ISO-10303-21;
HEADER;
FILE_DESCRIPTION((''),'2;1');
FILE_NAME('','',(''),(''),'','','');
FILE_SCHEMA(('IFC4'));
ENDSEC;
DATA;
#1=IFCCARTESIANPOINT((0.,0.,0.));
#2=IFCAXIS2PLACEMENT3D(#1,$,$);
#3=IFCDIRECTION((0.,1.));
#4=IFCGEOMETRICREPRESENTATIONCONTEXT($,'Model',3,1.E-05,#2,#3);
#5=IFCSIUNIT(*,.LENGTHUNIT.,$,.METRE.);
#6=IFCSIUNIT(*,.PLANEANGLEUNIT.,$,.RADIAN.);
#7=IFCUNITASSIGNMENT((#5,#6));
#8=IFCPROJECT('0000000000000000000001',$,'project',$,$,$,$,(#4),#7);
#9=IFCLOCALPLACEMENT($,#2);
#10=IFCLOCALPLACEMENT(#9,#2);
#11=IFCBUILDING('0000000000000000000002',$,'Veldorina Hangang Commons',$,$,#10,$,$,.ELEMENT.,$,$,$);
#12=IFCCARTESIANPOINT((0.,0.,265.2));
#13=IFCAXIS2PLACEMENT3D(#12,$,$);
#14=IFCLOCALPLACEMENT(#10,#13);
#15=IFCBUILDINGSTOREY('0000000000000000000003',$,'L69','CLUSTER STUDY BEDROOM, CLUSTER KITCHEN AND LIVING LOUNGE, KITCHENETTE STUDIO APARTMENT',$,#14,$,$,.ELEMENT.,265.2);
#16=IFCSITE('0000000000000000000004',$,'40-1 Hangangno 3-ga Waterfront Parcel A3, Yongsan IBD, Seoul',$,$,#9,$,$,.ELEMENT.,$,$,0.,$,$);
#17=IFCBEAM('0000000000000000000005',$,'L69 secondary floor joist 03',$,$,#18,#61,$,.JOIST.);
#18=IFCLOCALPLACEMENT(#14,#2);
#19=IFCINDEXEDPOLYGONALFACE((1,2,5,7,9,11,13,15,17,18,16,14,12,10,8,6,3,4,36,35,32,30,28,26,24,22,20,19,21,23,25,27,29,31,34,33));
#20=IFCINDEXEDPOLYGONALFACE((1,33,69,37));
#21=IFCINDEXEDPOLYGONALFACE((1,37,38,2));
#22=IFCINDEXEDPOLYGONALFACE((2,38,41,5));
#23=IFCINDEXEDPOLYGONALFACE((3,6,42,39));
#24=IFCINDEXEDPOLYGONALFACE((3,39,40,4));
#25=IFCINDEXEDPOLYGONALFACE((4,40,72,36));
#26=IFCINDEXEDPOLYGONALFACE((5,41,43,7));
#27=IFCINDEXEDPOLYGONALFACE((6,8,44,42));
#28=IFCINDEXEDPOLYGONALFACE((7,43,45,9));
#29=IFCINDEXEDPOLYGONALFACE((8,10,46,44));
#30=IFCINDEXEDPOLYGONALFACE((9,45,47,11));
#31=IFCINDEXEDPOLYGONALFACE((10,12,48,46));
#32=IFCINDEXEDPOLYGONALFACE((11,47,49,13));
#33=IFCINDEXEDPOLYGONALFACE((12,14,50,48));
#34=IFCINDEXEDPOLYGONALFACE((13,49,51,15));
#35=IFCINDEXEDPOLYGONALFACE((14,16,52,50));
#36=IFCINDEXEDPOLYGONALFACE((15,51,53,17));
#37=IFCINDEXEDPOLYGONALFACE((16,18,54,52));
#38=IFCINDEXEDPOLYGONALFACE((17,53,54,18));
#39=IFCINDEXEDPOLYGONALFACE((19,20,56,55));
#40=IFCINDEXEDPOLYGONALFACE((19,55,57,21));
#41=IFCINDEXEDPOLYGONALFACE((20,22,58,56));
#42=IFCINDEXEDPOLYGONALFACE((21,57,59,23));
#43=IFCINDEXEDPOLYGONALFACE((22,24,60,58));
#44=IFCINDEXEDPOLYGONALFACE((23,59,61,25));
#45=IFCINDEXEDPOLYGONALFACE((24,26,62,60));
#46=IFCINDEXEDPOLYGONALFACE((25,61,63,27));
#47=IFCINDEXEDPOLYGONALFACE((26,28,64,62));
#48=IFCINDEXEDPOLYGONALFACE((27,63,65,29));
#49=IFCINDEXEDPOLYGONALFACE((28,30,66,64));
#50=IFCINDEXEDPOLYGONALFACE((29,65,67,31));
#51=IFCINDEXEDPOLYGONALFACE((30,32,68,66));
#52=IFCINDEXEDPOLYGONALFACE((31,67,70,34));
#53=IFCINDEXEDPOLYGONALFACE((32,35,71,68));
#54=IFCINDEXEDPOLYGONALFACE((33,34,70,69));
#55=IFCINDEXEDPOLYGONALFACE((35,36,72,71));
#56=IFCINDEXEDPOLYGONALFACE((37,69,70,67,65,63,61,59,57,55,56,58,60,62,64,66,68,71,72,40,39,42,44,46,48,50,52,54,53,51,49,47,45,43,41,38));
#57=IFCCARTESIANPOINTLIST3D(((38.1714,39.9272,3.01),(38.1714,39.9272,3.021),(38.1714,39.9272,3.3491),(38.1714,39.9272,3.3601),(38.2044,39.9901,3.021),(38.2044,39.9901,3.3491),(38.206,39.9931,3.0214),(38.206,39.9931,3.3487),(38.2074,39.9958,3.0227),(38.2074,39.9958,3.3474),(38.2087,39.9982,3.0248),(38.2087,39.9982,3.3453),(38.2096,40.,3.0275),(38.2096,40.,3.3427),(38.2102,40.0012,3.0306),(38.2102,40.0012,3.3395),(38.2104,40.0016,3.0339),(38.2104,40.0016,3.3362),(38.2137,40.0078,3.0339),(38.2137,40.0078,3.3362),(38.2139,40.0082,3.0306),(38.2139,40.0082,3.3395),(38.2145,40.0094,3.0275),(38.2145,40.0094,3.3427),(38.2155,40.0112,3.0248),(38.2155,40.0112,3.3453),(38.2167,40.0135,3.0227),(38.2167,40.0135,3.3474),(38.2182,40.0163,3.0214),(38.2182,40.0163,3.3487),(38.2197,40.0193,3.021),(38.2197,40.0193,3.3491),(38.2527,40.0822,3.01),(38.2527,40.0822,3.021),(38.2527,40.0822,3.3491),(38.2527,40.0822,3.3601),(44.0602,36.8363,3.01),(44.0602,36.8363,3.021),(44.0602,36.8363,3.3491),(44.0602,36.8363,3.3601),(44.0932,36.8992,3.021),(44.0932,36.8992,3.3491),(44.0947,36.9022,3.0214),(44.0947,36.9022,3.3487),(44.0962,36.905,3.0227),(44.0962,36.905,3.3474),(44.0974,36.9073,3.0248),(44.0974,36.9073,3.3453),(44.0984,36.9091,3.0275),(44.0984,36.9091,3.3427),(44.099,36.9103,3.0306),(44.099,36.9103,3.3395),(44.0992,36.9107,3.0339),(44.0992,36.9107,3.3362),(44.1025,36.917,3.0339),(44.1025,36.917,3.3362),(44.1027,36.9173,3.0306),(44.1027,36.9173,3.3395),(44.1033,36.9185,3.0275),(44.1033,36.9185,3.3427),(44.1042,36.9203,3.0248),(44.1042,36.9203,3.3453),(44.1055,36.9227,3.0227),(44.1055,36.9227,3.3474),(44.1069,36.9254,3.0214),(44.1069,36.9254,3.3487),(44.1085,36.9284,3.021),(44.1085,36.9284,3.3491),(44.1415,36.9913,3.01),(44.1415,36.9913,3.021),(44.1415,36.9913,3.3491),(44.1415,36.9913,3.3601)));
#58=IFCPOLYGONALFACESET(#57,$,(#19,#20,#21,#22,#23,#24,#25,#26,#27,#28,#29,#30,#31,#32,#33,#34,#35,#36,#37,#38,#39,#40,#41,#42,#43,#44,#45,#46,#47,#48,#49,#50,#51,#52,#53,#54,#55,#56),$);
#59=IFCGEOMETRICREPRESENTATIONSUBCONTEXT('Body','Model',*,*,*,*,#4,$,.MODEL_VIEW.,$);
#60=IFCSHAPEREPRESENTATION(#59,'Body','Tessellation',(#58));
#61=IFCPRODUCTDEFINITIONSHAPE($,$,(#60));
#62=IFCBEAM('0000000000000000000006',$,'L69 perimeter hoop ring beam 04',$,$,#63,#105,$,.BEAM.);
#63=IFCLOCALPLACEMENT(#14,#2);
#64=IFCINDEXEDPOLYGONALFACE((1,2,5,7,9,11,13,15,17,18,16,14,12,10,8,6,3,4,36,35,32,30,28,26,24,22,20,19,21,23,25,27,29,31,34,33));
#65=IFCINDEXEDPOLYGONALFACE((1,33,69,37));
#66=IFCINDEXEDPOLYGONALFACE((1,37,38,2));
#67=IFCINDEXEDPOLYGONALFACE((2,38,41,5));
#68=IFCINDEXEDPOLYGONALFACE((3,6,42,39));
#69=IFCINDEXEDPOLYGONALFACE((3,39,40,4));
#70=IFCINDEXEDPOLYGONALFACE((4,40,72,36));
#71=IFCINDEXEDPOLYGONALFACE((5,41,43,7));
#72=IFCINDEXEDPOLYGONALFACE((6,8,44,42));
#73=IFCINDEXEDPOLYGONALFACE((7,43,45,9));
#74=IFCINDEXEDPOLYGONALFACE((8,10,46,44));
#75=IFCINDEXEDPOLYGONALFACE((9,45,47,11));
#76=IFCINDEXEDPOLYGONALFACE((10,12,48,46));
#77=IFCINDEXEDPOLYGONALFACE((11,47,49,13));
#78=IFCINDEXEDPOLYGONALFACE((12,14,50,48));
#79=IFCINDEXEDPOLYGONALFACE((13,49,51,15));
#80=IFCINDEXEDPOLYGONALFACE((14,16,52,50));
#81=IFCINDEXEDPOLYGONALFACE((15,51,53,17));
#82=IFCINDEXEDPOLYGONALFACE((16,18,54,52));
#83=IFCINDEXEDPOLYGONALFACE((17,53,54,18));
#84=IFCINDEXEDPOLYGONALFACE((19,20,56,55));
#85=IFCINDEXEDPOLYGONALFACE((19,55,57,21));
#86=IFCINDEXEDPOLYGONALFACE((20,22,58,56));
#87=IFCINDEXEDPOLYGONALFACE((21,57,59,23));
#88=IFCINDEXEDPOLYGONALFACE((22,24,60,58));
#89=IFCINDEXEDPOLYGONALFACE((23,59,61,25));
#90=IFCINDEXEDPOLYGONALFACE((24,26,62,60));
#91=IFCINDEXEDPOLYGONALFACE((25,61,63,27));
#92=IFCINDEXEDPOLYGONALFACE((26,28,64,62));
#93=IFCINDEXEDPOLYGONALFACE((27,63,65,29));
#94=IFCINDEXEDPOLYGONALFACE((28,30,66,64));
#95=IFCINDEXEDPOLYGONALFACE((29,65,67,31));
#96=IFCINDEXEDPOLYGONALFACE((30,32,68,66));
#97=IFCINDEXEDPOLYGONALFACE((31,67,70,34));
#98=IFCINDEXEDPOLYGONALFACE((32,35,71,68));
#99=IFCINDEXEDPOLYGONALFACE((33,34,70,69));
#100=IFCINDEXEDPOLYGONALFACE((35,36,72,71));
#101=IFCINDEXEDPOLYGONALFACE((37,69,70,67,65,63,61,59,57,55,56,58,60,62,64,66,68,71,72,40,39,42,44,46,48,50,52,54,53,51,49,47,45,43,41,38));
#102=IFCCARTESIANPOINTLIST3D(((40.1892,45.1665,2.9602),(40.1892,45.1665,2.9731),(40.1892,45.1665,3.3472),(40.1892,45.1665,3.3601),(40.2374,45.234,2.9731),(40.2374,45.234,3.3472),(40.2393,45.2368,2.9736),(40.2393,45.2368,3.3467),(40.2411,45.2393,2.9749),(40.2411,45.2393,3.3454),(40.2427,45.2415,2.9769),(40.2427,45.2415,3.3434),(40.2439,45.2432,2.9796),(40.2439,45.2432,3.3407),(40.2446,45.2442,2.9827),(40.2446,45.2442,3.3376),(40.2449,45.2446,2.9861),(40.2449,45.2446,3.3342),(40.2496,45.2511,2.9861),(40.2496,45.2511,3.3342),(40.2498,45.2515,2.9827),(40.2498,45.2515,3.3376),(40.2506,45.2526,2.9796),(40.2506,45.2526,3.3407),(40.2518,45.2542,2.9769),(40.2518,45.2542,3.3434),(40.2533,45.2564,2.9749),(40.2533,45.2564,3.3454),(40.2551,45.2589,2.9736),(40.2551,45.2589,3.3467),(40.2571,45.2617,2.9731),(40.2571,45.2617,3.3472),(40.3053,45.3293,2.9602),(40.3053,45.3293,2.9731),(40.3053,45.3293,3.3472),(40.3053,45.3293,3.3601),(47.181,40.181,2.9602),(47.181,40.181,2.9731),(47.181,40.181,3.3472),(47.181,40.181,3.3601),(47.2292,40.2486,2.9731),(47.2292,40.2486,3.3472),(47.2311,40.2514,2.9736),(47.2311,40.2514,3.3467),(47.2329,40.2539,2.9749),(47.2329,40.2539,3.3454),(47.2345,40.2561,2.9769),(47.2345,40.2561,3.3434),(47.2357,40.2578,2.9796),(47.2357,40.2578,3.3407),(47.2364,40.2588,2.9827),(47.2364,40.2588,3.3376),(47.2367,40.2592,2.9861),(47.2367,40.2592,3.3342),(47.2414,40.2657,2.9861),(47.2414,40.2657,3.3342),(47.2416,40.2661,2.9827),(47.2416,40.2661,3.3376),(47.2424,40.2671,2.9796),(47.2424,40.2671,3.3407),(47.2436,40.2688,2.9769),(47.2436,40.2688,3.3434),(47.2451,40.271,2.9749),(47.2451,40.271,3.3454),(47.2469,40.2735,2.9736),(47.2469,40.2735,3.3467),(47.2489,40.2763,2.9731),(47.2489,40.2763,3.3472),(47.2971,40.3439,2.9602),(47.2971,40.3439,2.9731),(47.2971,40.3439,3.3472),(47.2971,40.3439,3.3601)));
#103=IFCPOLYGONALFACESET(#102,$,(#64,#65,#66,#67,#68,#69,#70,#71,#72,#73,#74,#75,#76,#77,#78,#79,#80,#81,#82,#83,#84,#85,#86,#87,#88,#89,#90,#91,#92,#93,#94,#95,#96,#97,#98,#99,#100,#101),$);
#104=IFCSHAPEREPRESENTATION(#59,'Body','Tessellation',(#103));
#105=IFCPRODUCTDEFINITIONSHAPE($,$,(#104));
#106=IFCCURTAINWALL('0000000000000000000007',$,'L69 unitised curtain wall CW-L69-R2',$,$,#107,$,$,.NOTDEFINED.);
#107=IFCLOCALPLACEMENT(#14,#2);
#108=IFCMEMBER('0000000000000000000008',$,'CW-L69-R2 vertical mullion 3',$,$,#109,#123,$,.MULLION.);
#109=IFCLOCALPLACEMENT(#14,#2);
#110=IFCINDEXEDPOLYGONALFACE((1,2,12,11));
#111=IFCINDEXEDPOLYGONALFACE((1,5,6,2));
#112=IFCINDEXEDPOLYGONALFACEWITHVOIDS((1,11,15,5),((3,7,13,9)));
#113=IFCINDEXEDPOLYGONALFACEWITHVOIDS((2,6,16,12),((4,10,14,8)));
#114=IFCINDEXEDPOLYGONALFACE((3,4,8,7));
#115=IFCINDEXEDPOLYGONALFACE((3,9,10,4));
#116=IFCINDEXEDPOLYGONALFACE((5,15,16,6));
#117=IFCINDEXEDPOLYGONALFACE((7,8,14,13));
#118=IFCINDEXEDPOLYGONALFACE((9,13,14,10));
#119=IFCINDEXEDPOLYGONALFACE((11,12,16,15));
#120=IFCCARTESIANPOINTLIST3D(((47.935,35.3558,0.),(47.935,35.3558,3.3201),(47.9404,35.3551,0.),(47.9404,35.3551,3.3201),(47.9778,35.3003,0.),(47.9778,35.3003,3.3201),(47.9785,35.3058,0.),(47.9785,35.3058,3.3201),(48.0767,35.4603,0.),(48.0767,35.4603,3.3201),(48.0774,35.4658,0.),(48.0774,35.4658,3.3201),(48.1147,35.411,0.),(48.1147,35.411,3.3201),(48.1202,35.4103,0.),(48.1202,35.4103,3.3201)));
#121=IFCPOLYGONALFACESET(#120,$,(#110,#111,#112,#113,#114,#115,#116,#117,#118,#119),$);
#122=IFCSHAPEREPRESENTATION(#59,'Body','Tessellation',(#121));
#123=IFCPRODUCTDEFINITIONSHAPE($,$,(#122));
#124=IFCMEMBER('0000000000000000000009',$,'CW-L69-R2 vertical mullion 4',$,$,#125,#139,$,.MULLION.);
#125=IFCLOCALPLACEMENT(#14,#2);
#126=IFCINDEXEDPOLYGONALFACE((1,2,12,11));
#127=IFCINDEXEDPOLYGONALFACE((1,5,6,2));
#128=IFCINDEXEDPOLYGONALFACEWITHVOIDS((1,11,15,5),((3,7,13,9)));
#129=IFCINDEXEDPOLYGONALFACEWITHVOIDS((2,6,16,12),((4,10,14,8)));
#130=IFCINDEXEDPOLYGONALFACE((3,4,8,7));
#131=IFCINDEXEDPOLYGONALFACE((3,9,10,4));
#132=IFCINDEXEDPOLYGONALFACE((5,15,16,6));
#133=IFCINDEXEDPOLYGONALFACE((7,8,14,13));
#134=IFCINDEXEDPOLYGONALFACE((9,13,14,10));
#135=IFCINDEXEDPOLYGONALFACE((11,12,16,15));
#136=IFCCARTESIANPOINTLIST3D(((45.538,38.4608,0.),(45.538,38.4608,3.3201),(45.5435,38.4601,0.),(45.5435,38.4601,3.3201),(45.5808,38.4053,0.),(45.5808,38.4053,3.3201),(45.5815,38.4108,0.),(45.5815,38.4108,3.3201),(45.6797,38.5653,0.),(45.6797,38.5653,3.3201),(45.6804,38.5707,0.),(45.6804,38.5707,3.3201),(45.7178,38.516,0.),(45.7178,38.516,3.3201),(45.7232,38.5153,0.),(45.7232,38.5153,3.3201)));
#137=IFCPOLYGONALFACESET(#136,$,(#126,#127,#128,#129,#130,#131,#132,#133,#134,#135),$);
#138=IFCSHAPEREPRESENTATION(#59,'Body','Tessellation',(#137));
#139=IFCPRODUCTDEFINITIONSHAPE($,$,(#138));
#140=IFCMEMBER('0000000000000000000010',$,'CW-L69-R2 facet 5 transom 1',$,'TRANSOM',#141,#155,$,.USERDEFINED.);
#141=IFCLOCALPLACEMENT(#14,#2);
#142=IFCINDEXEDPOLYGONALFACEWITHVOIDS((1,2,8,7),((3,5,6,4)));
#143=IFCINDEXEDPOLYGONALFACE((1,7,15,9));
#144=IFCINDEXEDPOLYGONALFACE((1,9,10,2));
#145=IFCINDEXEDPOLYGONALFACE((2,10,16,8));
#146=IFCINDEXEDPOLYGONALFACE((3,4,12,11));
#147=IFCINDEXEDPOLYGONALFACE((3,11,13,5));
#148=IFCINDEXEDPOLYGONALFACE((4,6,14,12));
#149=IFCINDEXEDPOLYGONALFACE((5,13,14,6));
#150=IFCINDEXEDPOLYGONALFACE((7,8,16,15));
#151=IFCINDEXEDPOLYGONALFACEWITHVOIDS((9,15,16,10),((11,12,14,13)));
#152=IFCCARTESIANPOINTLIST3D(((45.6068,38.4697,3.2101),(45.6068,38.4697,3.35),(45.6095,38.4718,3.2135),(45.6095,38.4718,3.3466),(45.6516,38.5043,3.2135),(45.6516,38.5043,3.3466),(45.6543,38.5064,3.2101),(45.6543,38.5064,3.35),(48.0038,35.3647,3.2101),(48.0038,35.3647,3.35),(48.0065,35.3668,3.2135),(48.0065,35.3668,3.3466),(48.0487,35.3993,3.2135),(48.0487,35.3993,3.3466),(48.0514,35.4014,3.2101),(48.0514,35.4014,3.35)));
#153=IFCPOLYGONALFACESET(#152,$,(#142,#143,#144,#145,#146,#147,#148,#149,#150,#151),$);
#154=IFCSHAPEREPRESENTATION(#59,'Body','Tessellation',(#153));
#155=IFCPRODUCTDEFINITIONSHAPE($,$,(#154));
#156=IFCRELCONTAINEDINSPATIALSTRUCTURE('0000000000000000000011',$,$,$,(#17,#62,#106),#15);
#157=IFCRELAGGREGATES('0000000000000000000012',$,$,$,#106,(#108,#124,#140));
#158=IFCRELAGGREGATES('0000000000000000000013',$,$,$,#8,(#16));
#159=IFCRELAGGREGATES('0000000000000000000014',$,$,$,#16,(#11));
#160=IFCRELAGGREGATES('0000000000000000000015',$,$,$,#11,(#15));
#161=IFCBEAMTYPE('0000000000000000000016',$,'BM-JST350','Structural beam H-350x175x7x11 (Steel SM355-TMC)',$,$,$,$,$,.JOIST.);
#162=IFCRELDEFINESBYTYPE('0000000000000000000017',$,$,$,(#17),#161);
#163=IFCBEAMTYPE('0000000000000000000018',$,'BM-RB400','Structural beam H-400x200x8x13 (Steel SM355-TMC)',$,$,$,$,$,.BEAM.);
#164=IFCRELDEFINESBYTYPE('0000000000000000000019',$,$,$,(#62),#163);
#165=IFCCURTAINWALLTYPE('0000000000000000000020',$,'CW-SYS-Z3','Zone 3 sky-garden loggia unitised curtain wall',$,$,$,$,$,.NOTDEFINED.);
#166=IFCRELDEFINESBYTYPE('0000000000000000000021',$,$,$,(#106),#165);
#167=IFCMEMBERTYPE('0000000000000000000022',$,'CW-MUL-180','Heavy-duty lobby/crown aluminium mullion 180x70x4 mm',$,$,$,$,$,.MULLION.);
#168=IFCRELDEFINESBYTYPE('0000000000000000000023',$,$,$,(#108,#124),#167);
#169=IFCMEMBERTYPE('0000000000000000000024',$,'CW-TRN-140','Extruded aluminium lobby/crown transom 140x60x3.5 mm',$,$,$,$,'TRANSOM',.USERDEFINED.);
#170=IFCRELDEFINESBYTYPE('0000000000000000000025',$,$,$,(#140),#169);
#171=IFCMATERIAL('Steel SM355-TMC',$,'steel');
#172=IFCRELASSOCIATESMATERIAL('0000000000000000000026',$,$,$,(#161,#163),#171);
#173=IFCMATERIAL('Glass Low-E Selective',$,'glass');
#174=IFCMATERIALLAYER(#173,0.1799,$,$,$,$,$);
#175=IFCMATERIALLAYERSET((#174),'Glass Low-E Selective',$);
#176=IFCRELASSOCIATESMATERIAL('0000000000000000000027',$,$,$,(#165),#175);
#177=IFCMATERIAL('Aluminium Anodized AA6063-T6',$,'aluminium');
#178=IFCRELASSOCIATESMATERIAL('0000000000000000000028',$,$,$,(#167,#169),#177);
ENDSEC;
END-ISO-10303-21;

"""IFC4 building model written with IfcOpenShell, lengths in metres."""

from ifc_helpers import new_model, si_unit, direction, frame, origin, origin_2d, place, context, subcontext, project, spatial, hollow_rectangle, i_section, extrude, material, layer, layer_set, material_profile, profile_set, type_object, element, aggregate, save


model = new_model("IFC4")

# Units and contexts
model_context = context("Model", 3, precision=1e-05, world=origin(), true_north=direction((0.0, 1.0)))
body_context = subcontext(model_context, "Body", "Model", "MODEL_VIEW")
ifc_project = project(units=[si_unit("LENGTHUNIT", "METRE"), si_unit("PLANEANGLEUNIT", "RADIAN")], contexts=[model_context])

# Site, building, storey
site_placement = place(None, origin())
site = spatial("IfcSite", under=ifc_project, at=site_placement, Name="40-1 Hangangno 3-ga Waterfront Parcel A3, Yongsan IBD, Seoul", CompositionType="ELEMENT", RefElevation=0.0)
building_placement = place(site_placement, origin())
building = spatial("IfcBuilding", under=site, at=building_placement, Name="Veldorina Hangang Commons", CompositionType="ELEMENT")
storey_placement = place(building_placement, frame((0.0, 0.0, 265.2)))
storey = spatial("IfcBuildingStorey", under=building, at=storey_placement, Name="L69", Description="CLUSTER STUDY BEDROOM, CLUSTER KITCHEN AND LIVING LOUNGE, KITCHENETTE STUDIO APARTMENT", CompositionType="ELEMENT", Elevation=265.2)

# Beams
ifc_material_1 = material(Name="Steel SM355-TMC", Category="steel")
ifc_material_profile_1 = material_profile(ifc_material_1, i_section(OverallWidth=0.175, OverallDepth=0.3501, WebThickness=0.0071, FlangeThickness=0.011, FilletRadius=0.0129, at=origin_2d()), Name="H-350x175x7x11")
ifc_profile_set_1 = profile_set([ifc_material_profile_1], Name="Steel SM355-TMC")
beam_type_1 = type_object("IfcBeamType", Name="BM-JST350", Description="Structural beam H-350x175x7x11 (Steel SM355-TMC)", PredefinedType="JOIST", material=ifc_profile_set_1)
beam_1_placement = place(storey_placement, frame((44.1008, 36.9138, 3.1851), z_axis=(-0.885443, 0.464748, 0.0), x_axis=(-0.464748, -0.885443, 0.0)))
element("IfcBeam", 1, at=beam_1_placement, inside=storey, type_object=beam_type_1, Name="L69 secondary floor joist 03", PredefinedType="JOIST", context=body_context, shape_type="SweptSolid", body=[
    extrude(i_section(OverallWidth=0.175, OverallDepth=0.3501, WebThickness=0.0071, FlangeThickness=0.011, FilletRadius=0.0129, at=origin_2d()), origin(), (0.0, 0.0, 1.0), 6.6506),
])
ifc_material_profile_2 = material_profile(ifc_material_1, i_section(OverallWidth=0.2, OverallDepth=0.3999, WebThickness=0.0081, FlangeThickness=0.0129, FilletRadius=0.0129, at=origin_2d()), Name="H-400x200x8x13")
ifc_profile_set_2 = profile_set([ifc_material_profile_2], Name="Steel SM355-TMC")
beam_type_2 = type_object("IfcBeamType", Name="BM-RB400", Description="Structural beam H-400x200x8x13 (Steel SM355-TMC)", PredefinedType="BEAM", material=ifc_profile_set_2)
beam_2_placement = place(storey_placement, frame((47.239, 40.2625, 3.1602), z_axis=(-0.814213, 0.580566, 0.0), x_axis=(-0.580566, -0.814213, 0.0)))
element("IfcBeam", 2, at=beam_2_placement, inside=storey, type_object=beam_type_2, Name="L69 perimeter hoop ring beam 04", PredefinedType="BEAM", context=body_context, shape_type="SweptSolid", body=[
    extrude(i_section(OverallWidth=0.2, OverallDepth=0.3999, WebThickness=0.0081, FlangeThickness=0.0129, FilletRadius=0.0129, at=origin_2d()), origin(), (0.0, 0.0, 1.0), 8.5872),
])

# Curtain wall, members
ifc_material_2 = material(Name="Glass Low-E Selective", Category="glass")
ifc_layer_1 = layer(ifc_material_2, 0.1799)
ifc_layer_set_1 = layer_set([ifc_layer_1], Name="Glass Low-E Selective")
curtain_wall_type = type_object("IfcCurtainWallType", Name="CW-SYS-Z3", Description="Zone 3 sky-garden loggia unitised curtain wall", PredefinedType="NOTDEFINED", material=ifc_layer_set_1)
curtain_wall_placement = place(storey_placement, origin())
curtain_wall = element("IfcCurtainWall", 3, at=curtain_wall_placement, inside=storey, type_object=curtain_wall_type, Name="L69 unitised curtain wall CW-L69-R2", PredefinedType="NOTDEFINED")
ifc_material_3 = material(Name="Aluminium Anodized AA6063-T6", Category="aluminium")
ifc_material_profile_3 = material_profile(ifc_material_3, hollow_rectangle(XDim=0.0701, YDim=0.1799, WallThickness=0.0039, at=origin_2d()), Name="ALU-RHS-180x70x4")
ifc_profile_set_3 = profile_set([ifc_material_profile_3], Name="Aluminium Anodized AA6063-T6")
member_type_1 = type_object("IfcMemberType", Name="CW-MUL-180", Description="Heavy-duty lobby/crown aluminium mullion 180x70x4 mm", PredefinedType="MULLION", material=ifc_profile_set_3)
member_1_placement = place(storey_placement, frame((48.0276, 35.3831, 0.0), z_axis=(0.0, 0.0, 1.0), x_axis=(-0.611126, 0.791533, 0.0)))
member_1 = element("IfcMember", 4, at=member_1_placement, type_object=member_type_1, Name="CW-L69-R2 vertical mullion 3", PredefinedType="MULLION", context=body_context, shape_type="SweptSolid", body=[
    extrude(hollow_rectangle(XDim=0.0701, YDim=0.1799, WallThickness=0.0039, at=origin_2d()), origin(), (0.0, 0.0, 1.0), 3.3201),
])
member_2_placement = place(storey_placement, frame((45.6306, 38.488, 0.0), z_axis=(0.0, 0.0, 1.0), x_axis=(0.611126, -0.791533, 0.0)))
member_2 = element("IfcMember", 5, at=member_2_placement, type_object=member_type_1, Name="CW-L69-R2 vertical mullion 4", PredefinedType="MULLION", context=body_context, shape_type="SweptSolid", body=[
    extrude(hollow_rectangle(XDim=0.0701, YDim=0.1799, WallThickness=0.0039, at=origin_2d()), origin(), (0.0, 0.0, 1.0), 3.3201),
])
ifc_material_profile_4 = material_profile(ifc_material_3, hollow_rectangle(XDim=0.0601, YDim=0.1399, WallThickness=0.0034, at=origin_2d()), Name="ALU-RHS-140x60x3.5")
ifc_profile_set_4 = profile_set([ifc_material_profile_4], Name="Aluminium Anodized AA6063-T6")
member_type_2 = type_object("IfcMemberType", Name="CW-TRN-140", Description="Extruded aluminium lobby/crown transom 140x60x3.5 mm", ElementType="TRANSOM", PredefinedType="USERDEFINED", material=ifc_profile_set_4)
member_3_placement = place(storey_placement, frame((48.0276, 35.3831, 3.28), z_axis=(-0.611075, 0.791572, 0.0), x_axis=(-0.791572, -0.611075, 0.0)))
member_3 = element("IfcMember", 6, at=member_3_placement, type_object=member_type_2, Name="CW-L69-R2 facet 5 transom 1", ObjectType="TRANSOM", PredefinedType="USERDEFINED", context=body_context, shape_type="SweptSolid", body=[
    extrude(hollow_rectangle(XDim=0.0601, YDim=0.1399, WallThickness=0.0034, at=origin_2d()), origin(), (0.0, 0.0, 1.0), 3.9226),
])

aggregate(curtain_wall, [member_1, member_2, member_3])

save(model, "model.ifc")
